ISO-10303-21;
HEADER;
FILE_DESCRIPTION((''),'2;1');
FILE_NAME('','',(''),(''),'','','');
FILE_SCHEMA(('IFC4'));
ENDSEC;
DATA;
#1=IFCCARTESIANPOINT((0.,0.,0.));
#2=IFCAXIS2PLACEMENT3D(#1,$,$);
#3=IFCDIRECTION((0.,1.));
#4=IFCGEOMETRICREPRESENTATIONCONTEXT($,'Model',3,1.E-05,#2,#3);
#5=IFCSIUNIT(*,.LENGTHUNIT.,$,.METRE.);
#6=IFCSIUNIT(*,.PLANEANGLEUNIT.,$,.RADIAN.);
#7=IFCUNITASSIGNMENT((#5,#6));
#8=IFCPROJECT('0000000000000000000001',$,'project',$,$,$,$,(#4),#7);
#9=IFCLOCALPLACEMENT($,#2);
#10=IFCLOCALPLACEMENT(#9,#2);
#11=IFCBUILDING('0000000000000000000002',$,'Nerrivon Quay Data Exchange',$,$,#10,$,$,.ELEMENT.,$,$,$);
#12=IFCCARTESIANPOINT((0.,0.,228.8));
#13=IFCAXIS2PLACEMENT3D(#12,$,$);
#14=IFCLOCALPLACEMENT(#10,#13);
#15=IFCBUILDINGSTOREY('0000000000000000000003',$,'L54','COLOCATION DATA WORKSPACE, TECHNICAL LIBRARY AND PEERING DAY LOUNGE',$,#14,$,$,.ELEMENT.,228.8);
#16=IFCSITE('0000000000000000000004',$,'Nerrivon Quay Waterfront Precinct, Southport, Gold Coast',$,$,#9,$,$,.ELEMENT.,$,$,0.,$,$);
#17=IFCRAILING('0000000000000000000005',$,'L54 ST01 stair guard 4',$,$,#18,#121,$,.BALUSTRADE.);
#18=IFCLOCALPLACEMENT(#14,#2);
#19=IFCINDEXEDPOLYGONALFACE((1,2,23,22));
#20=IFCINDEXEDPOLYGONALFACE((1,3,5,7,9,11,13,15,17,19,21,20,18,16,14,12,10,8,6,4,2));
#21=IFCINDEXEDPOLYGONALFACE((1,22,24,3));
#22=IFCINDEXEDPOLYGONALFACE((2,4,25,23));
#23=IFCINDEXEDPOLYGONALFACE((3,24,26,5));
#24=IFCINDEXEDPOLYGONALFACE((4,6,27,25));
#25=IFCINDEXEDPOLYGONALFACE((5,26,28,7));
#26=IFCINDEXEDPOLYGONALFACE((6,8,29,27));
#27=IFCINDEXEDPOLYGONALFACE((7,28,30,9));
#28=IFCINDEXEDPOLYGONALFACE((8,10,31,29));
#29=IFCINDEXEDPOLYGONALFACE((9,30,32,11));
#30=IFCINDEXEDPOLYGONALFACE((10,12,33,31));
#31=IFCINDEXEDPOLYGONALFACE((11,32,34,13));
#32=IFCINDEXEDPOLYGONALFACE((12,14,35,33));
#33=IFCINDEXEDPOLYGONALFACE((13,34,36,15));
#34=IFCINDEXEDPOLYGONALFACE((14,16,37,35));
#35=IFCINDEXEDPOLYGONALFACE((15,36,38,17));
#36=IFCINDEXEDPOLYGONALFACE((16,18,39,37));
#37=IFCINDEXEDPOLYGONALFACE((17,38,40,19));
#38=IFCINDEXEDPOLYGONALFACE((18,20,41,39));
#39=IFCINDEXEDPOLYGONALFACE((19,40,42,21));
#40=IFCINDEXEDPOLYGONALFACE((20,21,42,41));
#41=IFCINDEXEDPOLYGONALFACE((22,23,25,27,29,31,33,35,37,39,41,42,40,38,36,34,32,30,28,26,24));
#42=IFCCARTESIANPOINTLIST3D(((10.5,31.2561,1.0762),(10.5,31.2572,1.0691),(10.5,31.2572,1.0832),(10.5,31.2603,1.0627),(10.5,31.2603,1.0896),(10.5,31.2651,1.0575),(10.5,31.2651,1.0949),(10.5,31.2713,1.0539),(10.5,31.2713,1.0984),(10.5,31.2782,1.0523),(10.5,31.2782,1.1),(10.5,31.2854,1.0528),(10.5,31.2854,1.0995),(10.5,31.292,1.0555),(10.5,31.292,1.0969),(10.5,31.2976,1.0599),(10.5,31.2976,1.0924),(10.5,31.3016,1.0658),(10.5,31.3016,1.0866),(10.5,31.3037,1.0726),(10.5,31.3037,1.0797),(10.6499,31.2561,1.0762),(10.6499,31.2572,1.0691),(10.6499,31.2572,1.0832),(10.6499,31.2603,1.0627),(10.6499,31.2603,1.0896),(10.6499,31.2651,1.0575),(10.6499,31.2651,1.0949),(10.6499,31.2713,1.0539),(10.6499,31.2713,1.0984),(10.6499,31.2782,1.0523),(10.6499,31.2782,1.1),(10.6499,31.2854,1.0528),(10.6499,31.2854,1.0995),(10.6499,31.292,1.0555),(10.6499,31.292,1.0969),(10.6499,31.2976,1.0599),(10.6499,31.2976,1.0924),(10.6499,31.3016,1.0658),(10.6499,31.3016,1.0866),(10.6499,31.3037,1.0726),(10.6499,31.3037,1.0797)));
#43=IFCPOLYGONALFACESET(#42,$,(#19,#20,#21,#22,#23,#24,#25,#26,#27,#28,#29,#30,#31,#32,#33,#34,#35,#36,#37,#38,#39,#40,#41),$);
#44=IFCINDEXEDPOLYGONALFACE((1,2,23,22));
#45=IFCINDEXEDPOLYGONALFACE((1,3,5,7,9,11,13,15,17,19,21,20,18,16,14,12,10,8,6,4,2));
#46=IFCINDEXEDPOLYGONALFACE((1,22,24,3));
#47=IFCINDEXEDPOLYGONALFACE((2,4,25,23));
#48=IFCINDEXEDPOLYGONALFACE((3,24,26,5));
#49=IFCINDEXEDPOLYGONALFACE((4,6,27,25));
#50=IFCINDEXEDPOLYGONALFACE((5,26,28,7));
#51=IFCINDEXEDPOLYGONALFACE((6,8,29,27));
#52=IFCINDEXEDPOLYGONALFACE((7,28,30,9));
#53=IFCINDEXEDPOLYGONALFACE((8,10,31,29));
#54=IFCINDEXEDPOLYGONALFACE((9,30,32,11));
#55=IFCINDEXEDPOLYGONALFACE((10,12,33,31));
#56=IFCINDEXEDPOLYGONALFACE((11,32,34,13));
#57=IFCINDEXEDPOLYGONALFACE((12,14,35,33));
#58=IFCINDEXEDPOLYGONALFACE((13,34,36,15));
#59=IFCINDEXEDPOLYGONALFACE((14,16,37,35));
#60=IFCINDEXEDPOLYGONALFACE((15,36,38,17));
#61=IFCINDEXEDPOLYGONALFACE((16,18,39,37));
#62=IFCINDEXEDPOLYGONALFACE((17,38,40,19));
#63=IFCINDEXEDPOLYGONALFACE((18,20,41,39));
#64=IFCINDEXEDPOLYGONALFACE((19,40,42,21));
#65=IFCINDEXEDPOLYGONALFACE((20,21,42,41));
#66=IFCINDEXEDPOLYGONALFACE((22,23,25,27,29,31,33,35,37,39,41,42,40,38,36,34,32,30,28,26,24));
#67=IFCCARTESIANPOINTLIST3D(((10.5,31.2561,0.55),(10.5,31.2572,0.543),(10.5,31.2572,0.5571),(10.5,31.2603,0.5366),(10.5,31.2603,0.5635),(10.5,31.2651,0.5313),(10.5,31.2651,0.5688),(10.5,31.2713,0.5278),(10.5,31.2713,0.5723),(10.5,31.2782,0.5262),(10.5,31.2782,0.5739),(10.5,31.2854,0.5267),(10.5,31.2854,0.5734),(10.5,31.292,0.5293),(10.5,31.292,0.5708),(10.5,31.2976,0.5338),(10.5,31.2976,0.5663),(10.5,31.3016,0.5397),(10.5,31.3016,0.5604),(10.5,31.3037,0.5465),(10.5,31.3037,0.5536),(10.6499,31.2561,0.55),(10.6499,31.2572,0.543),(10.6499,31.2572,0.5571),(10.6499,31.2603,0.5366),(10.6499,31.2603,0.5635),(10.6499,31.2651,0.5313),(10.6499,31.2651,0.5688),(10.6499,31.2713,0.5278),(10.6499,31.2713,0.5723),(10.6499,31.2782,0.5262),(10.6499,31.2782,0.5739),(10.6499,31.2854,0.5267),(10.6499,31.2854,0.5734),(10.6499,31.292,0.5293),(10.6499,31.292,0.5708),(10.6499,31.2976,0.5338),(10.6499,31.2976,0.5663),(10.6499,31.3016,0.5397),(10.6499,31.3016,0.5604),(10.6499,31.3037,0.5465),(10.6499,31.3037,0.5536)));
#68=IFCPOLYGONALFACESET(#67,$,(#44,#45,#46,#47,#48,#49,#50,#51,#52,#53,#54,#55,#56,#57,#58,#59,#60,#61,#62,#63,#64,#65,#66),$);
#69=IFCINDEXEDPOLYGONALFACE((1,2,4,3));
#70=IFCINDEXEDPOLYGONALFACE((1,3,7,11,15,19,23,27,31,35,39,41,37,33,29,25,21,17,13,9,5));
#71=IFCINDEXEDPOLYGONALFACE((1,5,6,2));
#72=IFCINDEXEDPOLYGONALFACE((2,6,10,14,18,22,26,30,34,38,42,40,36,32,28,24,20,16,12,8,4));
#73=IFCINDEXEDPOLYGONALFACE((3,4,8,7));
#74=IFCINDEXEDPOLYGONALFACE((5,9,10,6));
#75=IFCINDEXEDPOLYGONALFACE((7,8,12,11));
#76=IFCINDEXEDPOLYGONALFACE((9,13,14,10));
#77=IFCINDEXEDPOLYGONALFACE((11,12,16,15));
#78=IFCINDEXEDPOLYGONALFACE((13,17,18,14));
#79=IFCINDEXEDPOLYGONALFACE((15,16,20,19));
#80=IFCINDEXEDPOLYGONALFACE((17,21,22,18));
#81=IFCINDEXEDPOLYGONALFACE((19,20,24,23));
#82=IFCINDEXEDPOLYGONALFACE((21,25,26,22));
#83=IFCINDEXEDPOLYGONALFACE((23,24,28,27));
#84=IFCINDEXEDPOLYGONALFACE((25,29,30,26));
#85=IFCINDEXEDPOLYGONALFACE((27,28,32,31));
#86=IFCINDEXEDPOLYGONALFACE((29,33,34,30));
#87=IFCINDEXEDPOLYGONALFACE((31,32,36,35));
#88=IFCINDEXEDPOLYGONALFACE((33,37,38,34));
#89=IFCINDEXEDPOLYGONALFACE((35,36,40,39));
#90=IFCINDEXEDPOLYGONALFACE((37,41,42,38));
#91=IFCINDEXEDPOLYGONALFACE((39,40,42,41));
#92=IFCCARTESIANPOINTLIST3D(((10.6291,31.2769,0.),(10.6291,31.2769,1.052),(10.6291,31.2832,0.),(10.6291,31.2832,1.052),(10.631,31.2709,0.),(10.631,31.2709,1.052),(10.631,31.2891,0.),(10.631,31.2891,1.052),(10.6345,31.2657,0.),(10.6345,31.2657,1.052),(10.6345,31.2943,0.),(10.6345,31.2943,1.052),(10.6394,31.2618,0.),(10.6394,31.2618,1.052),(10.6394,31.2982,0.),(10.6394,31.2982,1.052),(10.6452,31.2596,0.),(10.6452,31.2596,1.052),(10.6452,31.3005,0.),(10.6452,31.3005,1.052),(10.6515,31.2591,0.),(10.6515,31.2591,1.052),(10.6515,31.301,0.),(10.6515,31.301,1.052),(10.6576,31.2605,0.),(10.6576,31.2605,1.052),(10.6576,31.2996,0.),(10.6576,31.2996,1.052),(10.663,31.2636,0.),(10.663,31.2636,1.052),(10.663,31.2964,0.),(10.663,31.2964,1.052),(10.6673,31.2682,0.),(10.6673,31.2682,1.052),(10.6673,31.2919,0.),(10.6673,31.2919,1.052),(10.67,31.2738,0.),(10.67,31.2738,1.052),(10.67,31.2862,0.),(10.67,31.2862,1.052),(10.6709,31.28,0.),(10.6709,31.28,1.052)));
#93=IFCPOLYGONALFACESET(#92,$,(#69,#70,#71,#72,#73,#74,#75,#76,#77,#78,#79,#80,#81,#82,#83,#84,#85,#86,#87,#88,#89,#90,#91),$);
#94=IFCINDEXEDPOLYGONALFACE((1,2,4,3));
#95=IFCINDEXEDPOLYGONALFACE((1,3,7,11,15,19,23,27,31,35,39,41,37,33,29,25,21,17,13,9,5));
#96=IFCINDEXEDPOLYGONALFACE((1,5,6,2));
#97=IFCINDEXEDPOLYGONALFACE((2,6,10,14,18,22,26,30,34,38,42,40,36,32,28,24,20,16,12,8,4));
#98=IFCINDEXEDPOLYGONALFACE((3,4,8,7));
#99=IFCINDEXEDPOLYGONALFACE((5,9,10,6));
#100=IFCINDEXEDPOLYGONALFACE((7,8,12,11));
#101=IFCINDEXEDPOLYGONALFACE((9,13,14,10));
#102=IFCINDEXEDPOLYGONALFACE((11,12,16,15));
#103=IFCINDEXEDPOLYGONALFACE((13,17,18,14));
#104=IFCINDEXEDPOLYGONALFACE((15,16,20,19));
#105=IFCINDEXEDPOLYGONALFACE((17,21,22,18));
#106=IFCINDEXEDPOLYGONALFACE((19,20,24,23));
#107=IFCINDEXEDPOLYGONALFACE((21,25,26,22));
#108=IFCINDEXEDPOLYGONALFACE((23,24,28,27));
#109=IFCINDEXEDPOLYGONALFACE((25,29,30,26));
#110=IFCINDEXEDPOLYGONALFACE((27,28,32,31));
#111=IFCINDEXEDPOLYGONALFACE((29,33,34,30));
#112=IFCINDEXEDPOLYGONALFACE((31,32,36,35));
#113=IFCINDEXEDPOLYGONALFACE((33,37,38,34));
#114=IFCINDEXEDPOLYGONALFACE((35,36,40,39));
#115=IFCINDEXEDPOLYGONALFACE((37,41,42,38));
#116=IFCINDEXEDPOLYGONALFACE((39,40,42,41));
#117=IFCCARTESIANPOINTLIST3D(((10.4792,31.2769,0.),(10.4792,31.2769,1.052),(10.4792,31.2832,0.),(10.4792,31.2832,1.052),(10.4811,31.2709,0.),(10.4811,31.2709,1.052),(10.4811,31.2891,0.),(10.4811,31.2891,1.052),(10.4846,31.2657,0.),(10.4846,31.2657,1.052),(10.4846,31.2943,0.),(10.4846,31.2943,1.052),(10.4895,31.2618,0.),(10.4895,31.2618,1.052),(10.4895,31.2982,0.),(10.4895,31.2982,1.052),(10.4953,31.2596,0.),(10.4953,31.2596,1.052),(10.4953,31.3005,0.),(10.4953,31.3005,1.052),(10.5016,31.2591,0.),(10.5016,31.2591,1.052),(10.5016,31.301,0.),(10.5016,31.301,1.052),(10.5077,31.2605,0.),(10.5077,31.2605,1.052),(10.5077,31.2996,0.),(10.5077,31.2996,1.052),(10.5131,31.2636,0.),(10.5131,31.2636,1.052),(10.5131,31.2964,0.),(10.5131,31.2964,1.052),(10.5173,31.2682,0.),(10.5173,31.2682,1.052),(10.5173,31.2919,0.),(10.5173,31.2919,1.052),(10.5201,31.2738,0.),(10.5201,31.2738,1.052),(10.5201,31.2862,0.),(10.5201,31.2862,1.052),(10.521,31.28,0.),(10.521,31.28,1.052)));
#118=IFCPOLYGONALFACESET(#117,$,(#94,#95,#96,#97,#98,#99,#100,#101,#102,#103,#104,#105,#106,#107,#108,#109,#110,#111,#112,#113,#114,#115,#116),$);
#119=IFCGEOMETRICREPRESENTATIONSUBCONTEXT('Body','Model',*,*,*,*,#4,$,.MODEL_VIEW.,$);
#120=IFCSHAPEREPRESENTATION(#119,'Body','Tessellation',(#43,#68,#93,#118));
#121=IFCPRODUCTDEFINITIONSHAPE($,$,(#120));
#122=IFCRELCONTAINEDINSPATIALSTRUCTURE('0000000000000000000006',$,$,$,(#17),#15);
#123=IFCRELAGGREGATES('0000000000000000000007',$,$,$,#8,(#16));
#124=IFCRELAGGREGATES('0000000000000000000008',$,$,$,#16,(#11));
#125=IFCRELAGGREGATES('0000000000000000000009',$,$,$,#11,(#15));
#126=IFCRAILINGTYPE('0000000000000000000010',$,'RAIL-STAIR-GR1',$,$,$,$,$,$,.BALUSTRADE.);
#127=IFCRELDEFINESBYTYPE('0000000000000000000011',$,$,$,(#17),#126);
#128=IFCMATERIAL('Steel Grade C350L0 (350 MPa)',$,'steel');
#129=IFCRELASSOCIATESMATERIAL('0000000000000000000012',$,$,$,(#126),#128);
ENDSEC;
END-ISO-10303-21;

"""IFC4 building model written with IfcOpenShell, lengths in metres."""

from ifc_helpers import new_model, si_unit, direction, frame, origin, origin_2d, place, context, subcontext, project, spatial, circle, extrude, material, type_object, element, save


model = new_model("IFC4")

# Units and contexts
model_context = context("Model", 3, precision=1e-05, world=origin(), true_north=direction((0.0, 1.0)))
body_context = subcontext(model_context, "Body", "Model", "MODEL_VIEW")
ifc_project = project(units=[si_unit("LENGTHUNIT", "METRE"), si_unit("PLANEANGLEUNIT", "RADIAN")], contexts=[model_context])

# Site, building, storey
site_placement = place(None, origin())
site = spatial("IfcSite", under=ifc_project, at=site_placement, Name="Nerrivon Quay Waterfront Precinct, Southport, Gold Coast", CompositionType="ELEMENT", RefElevation=0.0)
building_placement = place(site_placement, origin())
building = spatial("IfcBuilding", under=site, at=building_placement, Name="Nerrivon Quay Data Exchange", CompositionType="ELEMENT")
storey_placement = place(building_placement, frame((0.0, 0.0, 228.8)))
storey = spatial("IfcBuildingStorey", under=building, at=storey_placement, Name="L54", Description="COLOCATION DATA WORKSPACE, TECHNICAL LIBRARY AND PEERING DAY LOUNGE", CompositionType="ELEMENT", Elevation=228.8)

# Railing
ifc_material_1 = material(Name="Steel Grade C350L0 (350 MPa)", Category="steel")
railing_type_1 = type_object("IfcRailingType", Name="RAIL-STAIR-GR1", PredefinedType="BALUSTRADE", material=ifc_material_1)
railing_1_placement = place(storey_placement, frame((10.6499, 31.28, 0.0)))
element("IfcRailing", 1, at=railing_1_placement, inside=storey, type_object=railing_type_1, Name="L54 ST01 stair guard 4", PredefinedType="BALUSTRADE", context=body_context, shape_type="SweptSolid", body=[
    extrude(circle(Radius=0.0239, at=origin_2d()), frame((0.0, 0.0, 1.0762), z_axis=(-1.0, 0.0, 0.0), x_axis=(0.0, -1.0, 0.0)), (0.0, 0.0, 1.0), 0.1499),
    extrude(circle(Radius=0.0239, at=origin_2d()), frame((0.0, 0.0, 0.55), z_axis=(-1.0, 0.0, 0.0), x_axis=(0.0, -1.0, 0.0)), (0.0, 0.0, 1.0), 0.1499),
    extrude(circle(Radius=0.021, at=origin_2d()), origin(), (0.0, 0.0, 1.0), 1.052),
    extrude(circle(Radius=0.021, at=origin_2d()), frame((-0.1499, 0.0, 0.0)), (0.0, 0.0, 1.0), 1.052),
])

save(model, "model.ifc")
